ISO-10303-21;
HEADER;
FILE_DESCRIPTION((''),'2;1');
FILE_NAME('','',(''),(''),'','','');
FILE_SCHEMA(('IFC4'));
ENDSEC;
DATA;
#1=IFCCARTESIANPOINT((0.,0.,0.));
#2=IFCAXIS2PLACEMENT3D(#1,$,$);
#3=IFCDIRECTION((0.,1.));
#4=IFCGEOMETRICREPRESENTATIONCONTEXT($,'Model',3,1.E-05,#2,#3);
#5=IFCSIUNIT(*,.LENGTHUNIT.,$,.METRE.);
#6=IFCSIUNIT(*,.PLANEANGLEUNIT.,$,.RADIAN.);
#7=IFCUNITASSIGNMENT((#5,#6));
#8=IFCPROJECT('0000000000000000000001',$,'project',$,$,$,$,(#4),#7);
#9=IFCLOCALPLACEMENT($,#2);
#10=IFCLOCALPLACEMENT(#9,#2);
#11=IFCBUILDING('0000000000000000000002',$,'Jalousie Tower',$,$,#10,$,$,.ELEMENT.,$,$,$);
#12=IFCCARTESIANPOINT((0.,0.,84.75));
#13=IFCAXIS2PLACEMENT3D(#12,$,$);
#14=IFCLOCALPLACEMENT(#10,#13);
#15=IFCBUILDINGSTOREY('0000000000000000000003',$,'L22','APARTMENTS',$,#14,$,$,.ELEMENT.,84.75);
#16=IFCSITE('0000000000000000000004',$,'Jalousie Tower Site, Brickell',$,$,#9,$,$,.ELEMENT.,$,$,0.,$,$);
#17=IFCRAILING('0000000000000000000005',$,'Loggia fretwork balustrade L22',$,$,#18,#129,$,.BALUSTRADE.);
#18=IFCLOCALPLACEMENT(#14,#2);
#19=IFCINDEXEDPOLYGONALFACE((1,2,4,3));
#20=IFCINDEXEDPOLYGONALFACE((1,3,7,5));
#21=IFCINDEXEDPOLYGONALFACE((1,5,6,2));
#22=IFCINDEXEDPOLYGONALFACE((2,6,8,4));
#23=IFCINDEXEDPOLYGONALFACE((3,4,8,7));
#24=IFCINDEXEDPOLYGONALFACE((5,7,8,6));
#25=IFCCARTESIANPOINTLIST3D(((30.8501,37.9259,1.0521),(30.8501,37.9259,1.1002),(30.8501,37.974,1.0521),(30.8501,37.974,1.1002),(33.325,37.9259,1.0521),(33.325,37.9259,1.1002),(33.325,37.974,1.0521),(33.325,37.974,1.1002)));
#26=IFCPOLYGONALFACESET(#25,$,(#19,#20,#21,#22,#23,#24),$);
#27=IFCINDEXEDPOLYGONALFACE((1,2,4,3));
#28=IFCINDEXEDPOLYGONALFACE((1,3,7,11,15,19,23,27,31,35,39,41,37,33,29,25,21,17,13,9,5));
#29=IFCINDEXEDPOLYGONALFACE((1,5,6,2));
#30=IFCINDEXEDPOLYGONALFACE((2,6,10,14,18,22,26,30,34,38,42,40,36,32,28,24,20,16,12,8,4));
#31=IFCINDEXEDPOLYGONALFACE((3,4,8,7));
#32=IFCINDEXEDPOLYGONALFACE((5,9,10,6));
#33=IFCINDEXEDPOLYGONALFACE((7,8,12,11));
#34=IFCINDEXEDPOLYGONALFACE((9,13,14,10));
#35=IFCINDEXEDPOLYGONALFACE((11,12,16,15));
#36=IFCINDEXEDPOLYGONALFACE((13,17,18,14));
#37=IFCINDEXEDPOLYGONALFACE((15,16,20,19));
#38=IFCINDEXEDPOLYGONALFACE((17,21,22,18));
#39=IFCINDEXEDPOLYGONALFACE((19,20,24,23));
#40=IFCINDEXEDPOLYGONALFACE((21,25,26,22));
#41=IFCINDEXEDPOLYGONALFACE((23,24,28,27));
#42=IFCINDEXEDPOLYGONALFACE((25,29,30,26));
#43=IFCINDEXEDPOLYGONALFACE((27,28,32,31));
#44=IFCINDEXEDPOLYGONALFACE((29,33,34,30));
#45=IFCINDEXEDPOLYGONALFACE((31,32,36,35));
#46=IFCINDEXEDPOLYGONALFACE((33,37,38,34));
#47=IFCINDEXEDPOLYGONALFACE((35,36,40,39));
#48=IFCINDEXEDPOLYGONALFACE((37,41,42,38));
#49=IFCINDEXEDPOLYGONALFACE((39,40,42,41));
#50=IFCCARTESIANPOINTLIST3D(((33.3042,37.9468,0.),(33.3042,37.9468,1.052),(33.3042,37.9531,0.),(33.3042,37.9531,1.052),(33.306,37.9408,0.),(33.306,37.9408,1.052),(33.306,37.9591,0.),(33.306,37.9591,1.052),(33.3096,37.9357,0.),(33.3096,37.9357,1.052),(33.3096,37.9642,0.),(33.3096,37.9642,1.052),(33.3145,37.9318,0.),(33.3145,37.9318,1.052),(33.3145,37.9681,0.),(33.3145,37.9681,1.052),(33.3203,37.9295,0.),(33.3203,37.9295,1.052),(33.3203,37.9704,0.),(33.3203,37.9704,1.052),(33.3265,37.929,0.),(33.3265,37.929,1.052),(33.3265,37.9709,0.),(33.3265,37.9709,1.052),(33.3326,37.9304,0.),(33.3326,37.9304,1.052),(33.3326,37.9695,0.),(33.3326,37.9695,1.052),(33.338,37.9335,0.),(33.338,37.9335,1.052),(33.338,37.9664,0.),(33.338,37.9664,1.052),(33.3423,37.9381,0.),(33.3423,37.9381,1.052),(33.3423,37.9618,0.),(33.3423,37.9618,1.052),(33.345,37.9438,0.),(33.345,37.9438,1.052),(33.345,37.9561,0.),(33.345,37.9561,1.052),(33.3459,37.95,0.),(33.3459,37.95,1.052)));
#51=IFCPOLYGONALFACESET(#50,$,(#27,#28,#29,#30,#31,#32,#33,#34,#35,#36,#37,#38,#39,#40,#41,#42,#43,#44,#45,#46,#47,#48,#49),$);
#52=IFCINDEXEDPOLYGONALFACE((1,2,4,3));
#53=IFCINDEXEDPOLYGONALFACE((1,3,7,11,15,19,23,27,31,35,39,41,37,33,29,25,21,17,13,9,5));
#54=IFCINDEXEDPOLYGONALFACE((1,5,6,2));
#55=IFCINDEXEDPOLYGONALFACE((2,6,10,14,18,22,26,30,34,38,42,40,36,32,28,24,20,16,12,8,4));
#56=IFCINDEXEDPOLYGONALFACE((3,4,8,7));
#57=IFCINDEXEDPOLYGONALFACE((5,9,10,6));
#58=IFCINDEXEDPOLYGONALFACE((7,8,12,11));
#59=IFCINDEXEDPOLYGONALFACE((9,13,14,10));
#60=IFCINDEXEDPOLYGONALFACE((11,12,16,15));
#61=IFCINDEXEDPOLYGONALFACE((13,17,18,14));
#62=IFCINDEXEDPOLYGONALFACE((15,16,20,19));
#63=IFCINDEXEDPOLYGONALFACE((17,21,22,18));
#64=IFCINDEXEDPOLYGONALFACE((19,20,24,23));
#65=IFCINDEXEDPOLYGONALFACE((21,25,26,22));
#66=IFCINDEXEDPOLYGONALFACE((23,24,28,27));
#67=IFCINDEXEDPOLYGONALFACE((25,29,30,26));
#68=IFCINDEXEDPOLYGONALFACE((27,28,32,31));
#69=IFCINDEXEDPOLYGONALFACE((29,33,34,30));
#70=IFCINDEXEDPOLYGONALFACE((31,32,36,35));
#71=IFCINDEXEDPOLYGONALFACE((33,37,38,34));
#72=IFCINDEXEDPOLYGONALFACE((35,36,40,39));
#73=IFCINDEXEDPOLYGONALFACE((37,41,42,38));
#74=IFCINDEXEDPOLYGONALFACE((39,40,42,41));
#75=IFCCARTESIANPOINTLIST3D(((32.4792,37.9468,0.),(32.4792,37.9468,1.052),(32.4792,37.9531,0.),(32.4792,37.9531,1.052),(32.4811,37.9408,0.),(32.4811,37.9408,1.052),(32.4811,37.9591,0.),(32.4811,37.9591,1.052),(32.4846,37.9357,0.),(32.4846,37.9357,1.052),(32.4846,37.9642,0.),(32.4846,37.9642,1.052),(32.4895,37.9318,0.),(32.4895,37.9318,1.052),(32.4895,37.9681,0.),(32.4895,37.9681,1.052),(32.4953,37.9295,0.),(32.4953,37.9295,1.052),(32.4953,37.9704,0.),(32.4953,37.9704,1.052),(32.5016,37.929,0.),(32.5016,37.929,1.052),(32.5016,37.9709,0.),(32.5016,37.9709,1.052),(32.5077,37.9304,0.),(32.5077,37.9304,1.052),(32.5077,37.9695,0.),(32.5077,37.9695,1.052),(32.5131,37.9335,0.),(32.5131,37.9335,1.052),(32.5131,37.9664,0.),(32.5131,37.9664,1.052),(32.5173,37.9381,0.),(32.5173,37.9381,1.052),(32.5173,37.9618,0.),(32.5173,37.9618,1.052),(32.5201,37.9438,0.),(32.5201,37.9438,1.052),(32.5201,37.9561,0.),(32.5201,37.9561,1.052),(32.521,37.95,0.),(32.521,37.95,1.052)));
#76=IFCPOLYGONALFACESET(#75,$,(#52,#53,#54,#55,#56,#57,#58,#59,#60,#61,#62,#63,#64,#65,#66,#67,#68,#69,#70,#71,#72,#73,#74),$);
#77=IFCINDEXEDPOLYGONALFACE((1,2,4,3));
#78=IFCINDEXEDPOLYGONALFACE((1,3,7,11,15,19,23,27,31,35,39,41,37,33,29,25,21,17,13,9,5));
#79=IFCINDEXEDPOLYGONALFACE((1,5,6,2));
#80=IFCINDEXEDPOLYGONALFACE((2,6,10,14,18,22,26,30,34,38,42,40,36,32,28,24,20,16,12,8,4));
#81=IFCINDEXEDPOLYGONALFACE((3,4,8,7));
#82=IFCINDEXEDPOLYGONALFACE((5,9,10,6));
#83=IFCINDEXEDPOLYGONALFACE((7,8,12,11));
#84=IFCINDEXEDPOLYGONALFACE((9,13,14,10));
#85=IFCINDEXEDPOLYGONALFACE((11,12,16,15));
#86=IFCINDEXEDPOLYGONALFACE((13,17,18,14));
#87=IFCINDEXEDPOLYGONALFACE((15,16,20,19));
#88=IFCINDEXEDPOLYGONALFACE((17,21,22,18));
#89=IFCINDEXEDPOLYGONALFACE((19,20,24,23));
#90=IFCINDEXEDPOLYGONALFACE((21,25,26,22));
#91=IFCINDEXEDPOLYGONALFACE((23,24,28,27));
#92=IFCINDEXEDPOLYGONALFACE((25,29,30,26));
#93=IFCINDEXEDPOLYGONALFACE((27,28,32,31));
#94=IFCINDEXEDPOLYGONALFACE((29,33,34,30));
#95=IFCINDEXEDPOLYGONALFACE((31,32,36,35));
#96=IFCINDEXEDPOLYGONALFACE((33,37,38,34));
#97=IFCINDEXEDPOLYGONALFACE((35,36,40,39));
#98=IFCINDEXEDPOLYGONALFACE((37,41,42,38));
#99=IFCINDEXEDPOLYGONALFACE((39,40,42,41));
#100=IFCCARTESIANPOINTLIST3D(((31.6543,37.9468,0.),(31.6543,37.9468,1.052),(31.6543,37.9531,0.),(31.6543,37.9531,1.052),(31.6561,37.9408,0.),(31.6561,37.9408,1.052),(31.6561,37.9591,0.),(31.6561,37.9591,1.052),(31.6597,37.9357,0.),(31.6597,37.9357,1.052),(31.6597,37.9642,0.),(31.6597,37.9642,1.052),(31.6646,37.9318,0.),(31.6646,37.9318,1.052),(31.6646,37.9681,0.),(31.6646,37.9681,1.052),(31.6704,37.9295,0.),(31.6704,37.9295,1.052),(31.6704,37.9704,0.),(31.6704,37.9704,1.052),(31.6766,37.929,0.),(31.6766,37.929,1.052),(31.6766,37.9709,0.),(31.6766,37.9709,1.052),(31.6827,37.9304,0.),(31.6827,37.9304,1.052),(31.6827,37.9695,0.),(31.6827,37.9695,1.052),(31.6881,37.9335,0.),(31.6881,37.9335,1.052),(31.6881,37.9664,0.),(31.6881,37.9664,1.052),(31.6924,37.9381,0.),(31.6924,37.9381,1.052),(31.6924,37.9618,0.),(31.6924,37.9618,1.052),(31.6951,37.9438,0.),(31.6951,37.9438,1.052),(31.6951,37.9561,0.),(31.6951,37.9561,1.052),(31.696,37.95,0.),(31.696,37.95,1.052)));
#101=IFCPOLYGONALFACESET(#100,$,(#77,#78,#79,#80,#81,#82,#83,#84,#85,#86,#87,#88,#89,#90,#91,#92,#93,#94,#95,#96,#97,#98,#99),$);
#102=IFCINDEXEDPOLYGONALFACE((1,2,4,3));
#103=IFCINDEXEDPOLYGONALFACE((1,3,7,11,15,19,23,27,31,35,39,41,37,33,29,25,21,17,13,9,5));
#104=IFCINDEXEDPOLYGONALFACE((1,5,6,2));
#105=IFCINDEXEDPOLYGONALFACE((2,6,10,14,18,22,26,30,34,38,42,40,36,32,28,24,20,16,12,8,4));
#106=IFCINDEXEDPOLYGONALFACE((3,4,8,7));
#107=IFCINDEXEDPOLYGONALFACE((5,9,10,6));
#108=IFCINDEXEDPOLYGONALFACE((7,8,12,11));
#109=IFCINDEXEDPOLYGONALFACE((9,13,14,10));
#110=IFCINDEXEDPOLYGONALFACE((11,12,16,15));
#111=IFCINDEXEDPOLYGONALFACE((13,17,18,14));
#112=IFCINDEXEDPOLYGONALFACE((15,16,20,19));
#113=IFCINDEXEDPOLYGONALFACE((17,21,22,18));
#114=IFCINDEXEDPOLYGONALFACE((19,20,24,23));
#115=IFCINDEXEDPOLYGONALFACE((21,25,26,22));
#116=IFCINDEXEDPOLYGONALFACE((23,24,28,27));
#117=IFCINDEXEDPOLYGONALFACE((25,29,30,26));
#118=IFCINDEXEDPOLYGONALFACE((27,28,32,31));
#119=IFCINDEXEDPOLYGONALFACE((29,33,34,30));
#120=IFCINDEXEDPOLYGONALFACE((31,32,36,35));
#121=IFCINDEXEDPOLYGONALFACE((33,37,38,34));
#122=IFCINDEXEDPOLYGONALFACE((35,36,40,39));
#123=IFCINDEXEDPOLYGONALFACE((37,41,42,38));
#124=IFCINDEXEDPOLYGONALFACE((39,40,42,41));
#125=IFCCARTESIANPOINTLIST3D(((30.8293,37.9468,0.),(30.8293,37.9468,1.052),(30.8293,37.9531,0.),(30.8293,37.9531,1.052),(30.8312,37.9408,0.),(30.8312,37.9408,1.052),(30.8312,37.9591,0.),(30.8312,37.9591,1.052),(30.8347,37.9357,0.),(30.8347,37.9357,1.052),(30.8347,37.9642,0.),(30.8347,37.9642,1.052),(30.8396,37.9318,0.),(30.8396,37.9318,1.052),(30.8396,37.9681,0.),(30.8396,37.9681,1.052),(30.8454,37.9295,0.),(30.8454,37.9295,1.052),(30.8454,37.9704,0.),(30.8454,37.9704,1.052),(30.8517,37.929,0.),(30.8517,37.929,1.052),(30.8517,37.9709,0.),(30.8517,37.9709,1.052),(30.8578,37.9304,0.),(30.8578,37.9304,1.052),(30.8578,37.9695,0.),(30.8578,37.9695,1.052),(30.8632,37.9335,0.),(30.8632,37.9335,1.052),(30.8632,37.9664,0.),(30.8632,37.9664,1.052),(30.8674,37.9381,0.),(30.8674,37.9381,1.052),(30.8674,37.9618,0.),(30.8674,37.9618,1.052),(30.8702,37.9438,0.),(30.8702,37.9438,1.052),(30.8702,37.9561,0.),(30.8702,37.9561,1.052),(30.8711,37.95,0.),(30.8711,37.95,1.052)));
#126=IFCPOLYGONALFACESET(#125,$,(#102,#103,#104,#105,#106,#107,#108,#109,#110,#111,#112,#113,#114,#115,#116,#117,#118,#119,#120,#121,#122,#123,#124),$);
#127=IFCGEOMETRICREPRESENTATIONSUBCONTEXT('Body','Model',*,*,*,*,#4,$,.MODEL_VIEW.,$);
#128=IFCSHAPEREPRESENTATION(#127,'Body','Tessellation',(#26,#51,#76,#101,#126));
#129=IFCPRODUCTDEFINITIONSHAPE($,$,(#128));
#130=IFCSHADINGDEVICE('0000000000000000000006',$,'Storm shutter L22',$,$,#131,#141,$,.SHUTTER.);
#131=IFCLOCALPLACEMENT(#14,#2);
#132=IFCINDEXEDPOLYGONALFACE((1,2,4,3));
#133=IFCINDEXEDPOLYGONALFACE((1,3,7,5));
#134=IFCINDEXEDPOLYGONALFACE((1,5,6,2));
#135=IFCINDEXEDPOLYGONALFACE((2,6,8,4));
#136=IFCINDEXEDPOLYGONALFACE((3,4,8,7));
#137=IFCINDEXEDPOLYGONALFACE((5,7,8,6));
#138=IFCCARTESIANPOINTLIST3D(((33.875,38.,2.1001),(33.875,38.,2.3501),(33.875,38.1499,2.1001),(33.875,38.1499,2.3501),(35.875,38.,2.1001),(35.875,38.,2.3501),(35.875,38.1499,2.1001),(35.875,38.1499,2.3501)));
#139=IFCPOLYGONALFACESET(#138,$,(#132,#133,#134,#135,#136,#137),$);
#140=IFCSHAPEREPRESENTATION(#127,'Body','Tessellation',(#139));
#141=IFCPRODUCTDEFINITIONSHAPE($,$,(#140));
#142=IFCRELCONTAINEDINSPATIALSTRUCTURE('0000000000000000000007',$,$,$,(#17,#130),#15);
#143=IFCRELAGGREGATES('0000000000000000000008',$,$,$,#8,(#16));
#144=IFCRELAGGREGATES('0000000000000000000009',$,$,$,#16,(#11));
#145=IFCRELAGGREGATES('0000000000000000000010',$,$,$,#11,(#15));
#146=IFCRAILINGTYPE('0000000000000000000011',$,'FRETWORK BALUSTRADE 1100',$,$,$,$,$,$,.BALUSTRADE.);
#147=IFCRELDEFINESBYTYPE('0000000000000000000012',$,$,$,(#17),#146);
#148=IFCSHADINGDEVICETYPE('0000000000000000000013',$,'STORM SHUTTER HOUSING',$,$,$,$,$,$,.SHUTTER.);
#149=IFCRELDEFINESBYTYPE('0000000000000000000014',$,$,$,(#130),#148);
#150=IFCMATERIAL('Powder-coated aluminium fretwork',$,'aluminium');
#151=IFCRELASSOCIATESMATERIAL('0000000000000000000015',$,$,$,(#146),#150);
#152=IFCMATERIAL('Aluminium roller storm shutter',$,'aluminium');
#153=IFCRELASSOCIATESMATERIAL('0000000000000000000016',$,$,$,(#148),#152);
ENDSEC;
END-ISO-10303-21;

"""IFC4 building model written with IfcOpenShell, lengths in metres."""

from ifc_helpers import new_model, si_unit, direction, frame, origin, origin_2d, place, context, subcontext, project, spatial, rectangle, circle, extrude, material, type_object, element, save


model = new_model("IFC4")

# Units and contexts
model_context = context("Model", 3, precision=1e-05, world=origin(), true_north=direction((0.0, 1.0)))
body_context = subcontext(model_context, "Body", "Model", "MODEL_VIEW")
ifc_project = project(units=[si_unit("LENGTHUNIT", "METRE"), si_unit("PLANEANGLEUNIT", "RADIAN")], contexts=[model_context])

# Site, building, storey
site_placement = place(None, origin())
site = spatial("IfcSite", under=ifc_project, at=site_placement, Name="Jalousie Tower Site, Brickell", CompositionType="ELEMENT", RefElevation=0.0)
building_placement = place(site_placement, origin())
building = spatial("IfcBuilding", under=site, at=building_placement, Name="Jalousie Tower", CompositionType="ELEMENT")
storey_placement = place(building_placement, frame((0.0, 0.0, 84.75)))
storey = spatial("IfcBuildingStorey", under=building, at=storey_placement, Name="L22", Description="APARTMENTS", CompositionType="ELEMENT", Elevation=84.75)

# Railing
ifc_material_1 = material(Name="Powder-coated aluminium fretwork", Category="aluminium")
railing_type = type_object("IfcRailingType", Name="FRETWORK BALUSTRADE 1100", PredefinedType="BALUSTRADE", material=ifc_material_1)
railing_placement = place(storey_placement, frame((33.325, 37.95, 0.0)))
element("IfcRailing", 1, at=railing_placement, inside=storey, type_object=railing_type, Name="Loggia fretwork balustrade L22", PredefinedType="BALUSTRADE", context=body_context, shape_type="SweptSolid", body=[
    extrude(rectangle(XDim=0.0481, YDim=0.0481, at=origin_2d()), frame((0.0, 0.0, 1.0762), z_axis=(-1.0, 0.0, 0.0), x_axis=(0.0, -1.0, 0.0)), (0.0, 0.0, 1.0), 2.4749),
    extrude(circle(Radius=0.021, at=origin_2d()), origin(), (0.0, 0.0, 1.0), 1.052),
    extrude(circle(Radius=0.021, at=origin_2d()), frame((-0.825, 0.0, 0.0)), (0.0, 0.0, 1.0), 1.052),
    extrude(circle(Radius=0.021, at=origin_2d()), frame((-1.6499, 0.0, 0.0)), (0.0, 0.0, 1.0), 1.052),
    extrude(circle(Radius=0.021, at=origin_2d()), frame((-2.4749, 0.0, 0.0)), (0.0, 0.0, 1.0), 1.052),
])

# Shading device
ifc_material_2 = material(Name="Aluminium roller storm shutter", Category="aluminium")
shading_device_type = type_object("IfcShadingDeviceType", Name="STORM SHUTTER HOUSING", PredefinedType="SHUTTER", material=ifc_material_2)
shading_device_placement = place(storey_placement, frame((34.875, 38.075, 2.1001), z_axis=(0.0, 0.0, 1.0), x_axis=(-1.0, 0.0, 0.0)))
element("IfcShadingDevice", 2, at=shading_device_placement, inside=storey, type_object=shading_device_type, Name="Storm shutter L22", PredefinedType="SHUTTER", context=body_context, shape_type="SweptSolid", body=[
    extrude(rectangle(XDim=2.0, YDim=0.1499, at=origin_2d()), origin(), (0.0, 0.0, 1.0), 0.25),
])

save(model, "model.ifc")
